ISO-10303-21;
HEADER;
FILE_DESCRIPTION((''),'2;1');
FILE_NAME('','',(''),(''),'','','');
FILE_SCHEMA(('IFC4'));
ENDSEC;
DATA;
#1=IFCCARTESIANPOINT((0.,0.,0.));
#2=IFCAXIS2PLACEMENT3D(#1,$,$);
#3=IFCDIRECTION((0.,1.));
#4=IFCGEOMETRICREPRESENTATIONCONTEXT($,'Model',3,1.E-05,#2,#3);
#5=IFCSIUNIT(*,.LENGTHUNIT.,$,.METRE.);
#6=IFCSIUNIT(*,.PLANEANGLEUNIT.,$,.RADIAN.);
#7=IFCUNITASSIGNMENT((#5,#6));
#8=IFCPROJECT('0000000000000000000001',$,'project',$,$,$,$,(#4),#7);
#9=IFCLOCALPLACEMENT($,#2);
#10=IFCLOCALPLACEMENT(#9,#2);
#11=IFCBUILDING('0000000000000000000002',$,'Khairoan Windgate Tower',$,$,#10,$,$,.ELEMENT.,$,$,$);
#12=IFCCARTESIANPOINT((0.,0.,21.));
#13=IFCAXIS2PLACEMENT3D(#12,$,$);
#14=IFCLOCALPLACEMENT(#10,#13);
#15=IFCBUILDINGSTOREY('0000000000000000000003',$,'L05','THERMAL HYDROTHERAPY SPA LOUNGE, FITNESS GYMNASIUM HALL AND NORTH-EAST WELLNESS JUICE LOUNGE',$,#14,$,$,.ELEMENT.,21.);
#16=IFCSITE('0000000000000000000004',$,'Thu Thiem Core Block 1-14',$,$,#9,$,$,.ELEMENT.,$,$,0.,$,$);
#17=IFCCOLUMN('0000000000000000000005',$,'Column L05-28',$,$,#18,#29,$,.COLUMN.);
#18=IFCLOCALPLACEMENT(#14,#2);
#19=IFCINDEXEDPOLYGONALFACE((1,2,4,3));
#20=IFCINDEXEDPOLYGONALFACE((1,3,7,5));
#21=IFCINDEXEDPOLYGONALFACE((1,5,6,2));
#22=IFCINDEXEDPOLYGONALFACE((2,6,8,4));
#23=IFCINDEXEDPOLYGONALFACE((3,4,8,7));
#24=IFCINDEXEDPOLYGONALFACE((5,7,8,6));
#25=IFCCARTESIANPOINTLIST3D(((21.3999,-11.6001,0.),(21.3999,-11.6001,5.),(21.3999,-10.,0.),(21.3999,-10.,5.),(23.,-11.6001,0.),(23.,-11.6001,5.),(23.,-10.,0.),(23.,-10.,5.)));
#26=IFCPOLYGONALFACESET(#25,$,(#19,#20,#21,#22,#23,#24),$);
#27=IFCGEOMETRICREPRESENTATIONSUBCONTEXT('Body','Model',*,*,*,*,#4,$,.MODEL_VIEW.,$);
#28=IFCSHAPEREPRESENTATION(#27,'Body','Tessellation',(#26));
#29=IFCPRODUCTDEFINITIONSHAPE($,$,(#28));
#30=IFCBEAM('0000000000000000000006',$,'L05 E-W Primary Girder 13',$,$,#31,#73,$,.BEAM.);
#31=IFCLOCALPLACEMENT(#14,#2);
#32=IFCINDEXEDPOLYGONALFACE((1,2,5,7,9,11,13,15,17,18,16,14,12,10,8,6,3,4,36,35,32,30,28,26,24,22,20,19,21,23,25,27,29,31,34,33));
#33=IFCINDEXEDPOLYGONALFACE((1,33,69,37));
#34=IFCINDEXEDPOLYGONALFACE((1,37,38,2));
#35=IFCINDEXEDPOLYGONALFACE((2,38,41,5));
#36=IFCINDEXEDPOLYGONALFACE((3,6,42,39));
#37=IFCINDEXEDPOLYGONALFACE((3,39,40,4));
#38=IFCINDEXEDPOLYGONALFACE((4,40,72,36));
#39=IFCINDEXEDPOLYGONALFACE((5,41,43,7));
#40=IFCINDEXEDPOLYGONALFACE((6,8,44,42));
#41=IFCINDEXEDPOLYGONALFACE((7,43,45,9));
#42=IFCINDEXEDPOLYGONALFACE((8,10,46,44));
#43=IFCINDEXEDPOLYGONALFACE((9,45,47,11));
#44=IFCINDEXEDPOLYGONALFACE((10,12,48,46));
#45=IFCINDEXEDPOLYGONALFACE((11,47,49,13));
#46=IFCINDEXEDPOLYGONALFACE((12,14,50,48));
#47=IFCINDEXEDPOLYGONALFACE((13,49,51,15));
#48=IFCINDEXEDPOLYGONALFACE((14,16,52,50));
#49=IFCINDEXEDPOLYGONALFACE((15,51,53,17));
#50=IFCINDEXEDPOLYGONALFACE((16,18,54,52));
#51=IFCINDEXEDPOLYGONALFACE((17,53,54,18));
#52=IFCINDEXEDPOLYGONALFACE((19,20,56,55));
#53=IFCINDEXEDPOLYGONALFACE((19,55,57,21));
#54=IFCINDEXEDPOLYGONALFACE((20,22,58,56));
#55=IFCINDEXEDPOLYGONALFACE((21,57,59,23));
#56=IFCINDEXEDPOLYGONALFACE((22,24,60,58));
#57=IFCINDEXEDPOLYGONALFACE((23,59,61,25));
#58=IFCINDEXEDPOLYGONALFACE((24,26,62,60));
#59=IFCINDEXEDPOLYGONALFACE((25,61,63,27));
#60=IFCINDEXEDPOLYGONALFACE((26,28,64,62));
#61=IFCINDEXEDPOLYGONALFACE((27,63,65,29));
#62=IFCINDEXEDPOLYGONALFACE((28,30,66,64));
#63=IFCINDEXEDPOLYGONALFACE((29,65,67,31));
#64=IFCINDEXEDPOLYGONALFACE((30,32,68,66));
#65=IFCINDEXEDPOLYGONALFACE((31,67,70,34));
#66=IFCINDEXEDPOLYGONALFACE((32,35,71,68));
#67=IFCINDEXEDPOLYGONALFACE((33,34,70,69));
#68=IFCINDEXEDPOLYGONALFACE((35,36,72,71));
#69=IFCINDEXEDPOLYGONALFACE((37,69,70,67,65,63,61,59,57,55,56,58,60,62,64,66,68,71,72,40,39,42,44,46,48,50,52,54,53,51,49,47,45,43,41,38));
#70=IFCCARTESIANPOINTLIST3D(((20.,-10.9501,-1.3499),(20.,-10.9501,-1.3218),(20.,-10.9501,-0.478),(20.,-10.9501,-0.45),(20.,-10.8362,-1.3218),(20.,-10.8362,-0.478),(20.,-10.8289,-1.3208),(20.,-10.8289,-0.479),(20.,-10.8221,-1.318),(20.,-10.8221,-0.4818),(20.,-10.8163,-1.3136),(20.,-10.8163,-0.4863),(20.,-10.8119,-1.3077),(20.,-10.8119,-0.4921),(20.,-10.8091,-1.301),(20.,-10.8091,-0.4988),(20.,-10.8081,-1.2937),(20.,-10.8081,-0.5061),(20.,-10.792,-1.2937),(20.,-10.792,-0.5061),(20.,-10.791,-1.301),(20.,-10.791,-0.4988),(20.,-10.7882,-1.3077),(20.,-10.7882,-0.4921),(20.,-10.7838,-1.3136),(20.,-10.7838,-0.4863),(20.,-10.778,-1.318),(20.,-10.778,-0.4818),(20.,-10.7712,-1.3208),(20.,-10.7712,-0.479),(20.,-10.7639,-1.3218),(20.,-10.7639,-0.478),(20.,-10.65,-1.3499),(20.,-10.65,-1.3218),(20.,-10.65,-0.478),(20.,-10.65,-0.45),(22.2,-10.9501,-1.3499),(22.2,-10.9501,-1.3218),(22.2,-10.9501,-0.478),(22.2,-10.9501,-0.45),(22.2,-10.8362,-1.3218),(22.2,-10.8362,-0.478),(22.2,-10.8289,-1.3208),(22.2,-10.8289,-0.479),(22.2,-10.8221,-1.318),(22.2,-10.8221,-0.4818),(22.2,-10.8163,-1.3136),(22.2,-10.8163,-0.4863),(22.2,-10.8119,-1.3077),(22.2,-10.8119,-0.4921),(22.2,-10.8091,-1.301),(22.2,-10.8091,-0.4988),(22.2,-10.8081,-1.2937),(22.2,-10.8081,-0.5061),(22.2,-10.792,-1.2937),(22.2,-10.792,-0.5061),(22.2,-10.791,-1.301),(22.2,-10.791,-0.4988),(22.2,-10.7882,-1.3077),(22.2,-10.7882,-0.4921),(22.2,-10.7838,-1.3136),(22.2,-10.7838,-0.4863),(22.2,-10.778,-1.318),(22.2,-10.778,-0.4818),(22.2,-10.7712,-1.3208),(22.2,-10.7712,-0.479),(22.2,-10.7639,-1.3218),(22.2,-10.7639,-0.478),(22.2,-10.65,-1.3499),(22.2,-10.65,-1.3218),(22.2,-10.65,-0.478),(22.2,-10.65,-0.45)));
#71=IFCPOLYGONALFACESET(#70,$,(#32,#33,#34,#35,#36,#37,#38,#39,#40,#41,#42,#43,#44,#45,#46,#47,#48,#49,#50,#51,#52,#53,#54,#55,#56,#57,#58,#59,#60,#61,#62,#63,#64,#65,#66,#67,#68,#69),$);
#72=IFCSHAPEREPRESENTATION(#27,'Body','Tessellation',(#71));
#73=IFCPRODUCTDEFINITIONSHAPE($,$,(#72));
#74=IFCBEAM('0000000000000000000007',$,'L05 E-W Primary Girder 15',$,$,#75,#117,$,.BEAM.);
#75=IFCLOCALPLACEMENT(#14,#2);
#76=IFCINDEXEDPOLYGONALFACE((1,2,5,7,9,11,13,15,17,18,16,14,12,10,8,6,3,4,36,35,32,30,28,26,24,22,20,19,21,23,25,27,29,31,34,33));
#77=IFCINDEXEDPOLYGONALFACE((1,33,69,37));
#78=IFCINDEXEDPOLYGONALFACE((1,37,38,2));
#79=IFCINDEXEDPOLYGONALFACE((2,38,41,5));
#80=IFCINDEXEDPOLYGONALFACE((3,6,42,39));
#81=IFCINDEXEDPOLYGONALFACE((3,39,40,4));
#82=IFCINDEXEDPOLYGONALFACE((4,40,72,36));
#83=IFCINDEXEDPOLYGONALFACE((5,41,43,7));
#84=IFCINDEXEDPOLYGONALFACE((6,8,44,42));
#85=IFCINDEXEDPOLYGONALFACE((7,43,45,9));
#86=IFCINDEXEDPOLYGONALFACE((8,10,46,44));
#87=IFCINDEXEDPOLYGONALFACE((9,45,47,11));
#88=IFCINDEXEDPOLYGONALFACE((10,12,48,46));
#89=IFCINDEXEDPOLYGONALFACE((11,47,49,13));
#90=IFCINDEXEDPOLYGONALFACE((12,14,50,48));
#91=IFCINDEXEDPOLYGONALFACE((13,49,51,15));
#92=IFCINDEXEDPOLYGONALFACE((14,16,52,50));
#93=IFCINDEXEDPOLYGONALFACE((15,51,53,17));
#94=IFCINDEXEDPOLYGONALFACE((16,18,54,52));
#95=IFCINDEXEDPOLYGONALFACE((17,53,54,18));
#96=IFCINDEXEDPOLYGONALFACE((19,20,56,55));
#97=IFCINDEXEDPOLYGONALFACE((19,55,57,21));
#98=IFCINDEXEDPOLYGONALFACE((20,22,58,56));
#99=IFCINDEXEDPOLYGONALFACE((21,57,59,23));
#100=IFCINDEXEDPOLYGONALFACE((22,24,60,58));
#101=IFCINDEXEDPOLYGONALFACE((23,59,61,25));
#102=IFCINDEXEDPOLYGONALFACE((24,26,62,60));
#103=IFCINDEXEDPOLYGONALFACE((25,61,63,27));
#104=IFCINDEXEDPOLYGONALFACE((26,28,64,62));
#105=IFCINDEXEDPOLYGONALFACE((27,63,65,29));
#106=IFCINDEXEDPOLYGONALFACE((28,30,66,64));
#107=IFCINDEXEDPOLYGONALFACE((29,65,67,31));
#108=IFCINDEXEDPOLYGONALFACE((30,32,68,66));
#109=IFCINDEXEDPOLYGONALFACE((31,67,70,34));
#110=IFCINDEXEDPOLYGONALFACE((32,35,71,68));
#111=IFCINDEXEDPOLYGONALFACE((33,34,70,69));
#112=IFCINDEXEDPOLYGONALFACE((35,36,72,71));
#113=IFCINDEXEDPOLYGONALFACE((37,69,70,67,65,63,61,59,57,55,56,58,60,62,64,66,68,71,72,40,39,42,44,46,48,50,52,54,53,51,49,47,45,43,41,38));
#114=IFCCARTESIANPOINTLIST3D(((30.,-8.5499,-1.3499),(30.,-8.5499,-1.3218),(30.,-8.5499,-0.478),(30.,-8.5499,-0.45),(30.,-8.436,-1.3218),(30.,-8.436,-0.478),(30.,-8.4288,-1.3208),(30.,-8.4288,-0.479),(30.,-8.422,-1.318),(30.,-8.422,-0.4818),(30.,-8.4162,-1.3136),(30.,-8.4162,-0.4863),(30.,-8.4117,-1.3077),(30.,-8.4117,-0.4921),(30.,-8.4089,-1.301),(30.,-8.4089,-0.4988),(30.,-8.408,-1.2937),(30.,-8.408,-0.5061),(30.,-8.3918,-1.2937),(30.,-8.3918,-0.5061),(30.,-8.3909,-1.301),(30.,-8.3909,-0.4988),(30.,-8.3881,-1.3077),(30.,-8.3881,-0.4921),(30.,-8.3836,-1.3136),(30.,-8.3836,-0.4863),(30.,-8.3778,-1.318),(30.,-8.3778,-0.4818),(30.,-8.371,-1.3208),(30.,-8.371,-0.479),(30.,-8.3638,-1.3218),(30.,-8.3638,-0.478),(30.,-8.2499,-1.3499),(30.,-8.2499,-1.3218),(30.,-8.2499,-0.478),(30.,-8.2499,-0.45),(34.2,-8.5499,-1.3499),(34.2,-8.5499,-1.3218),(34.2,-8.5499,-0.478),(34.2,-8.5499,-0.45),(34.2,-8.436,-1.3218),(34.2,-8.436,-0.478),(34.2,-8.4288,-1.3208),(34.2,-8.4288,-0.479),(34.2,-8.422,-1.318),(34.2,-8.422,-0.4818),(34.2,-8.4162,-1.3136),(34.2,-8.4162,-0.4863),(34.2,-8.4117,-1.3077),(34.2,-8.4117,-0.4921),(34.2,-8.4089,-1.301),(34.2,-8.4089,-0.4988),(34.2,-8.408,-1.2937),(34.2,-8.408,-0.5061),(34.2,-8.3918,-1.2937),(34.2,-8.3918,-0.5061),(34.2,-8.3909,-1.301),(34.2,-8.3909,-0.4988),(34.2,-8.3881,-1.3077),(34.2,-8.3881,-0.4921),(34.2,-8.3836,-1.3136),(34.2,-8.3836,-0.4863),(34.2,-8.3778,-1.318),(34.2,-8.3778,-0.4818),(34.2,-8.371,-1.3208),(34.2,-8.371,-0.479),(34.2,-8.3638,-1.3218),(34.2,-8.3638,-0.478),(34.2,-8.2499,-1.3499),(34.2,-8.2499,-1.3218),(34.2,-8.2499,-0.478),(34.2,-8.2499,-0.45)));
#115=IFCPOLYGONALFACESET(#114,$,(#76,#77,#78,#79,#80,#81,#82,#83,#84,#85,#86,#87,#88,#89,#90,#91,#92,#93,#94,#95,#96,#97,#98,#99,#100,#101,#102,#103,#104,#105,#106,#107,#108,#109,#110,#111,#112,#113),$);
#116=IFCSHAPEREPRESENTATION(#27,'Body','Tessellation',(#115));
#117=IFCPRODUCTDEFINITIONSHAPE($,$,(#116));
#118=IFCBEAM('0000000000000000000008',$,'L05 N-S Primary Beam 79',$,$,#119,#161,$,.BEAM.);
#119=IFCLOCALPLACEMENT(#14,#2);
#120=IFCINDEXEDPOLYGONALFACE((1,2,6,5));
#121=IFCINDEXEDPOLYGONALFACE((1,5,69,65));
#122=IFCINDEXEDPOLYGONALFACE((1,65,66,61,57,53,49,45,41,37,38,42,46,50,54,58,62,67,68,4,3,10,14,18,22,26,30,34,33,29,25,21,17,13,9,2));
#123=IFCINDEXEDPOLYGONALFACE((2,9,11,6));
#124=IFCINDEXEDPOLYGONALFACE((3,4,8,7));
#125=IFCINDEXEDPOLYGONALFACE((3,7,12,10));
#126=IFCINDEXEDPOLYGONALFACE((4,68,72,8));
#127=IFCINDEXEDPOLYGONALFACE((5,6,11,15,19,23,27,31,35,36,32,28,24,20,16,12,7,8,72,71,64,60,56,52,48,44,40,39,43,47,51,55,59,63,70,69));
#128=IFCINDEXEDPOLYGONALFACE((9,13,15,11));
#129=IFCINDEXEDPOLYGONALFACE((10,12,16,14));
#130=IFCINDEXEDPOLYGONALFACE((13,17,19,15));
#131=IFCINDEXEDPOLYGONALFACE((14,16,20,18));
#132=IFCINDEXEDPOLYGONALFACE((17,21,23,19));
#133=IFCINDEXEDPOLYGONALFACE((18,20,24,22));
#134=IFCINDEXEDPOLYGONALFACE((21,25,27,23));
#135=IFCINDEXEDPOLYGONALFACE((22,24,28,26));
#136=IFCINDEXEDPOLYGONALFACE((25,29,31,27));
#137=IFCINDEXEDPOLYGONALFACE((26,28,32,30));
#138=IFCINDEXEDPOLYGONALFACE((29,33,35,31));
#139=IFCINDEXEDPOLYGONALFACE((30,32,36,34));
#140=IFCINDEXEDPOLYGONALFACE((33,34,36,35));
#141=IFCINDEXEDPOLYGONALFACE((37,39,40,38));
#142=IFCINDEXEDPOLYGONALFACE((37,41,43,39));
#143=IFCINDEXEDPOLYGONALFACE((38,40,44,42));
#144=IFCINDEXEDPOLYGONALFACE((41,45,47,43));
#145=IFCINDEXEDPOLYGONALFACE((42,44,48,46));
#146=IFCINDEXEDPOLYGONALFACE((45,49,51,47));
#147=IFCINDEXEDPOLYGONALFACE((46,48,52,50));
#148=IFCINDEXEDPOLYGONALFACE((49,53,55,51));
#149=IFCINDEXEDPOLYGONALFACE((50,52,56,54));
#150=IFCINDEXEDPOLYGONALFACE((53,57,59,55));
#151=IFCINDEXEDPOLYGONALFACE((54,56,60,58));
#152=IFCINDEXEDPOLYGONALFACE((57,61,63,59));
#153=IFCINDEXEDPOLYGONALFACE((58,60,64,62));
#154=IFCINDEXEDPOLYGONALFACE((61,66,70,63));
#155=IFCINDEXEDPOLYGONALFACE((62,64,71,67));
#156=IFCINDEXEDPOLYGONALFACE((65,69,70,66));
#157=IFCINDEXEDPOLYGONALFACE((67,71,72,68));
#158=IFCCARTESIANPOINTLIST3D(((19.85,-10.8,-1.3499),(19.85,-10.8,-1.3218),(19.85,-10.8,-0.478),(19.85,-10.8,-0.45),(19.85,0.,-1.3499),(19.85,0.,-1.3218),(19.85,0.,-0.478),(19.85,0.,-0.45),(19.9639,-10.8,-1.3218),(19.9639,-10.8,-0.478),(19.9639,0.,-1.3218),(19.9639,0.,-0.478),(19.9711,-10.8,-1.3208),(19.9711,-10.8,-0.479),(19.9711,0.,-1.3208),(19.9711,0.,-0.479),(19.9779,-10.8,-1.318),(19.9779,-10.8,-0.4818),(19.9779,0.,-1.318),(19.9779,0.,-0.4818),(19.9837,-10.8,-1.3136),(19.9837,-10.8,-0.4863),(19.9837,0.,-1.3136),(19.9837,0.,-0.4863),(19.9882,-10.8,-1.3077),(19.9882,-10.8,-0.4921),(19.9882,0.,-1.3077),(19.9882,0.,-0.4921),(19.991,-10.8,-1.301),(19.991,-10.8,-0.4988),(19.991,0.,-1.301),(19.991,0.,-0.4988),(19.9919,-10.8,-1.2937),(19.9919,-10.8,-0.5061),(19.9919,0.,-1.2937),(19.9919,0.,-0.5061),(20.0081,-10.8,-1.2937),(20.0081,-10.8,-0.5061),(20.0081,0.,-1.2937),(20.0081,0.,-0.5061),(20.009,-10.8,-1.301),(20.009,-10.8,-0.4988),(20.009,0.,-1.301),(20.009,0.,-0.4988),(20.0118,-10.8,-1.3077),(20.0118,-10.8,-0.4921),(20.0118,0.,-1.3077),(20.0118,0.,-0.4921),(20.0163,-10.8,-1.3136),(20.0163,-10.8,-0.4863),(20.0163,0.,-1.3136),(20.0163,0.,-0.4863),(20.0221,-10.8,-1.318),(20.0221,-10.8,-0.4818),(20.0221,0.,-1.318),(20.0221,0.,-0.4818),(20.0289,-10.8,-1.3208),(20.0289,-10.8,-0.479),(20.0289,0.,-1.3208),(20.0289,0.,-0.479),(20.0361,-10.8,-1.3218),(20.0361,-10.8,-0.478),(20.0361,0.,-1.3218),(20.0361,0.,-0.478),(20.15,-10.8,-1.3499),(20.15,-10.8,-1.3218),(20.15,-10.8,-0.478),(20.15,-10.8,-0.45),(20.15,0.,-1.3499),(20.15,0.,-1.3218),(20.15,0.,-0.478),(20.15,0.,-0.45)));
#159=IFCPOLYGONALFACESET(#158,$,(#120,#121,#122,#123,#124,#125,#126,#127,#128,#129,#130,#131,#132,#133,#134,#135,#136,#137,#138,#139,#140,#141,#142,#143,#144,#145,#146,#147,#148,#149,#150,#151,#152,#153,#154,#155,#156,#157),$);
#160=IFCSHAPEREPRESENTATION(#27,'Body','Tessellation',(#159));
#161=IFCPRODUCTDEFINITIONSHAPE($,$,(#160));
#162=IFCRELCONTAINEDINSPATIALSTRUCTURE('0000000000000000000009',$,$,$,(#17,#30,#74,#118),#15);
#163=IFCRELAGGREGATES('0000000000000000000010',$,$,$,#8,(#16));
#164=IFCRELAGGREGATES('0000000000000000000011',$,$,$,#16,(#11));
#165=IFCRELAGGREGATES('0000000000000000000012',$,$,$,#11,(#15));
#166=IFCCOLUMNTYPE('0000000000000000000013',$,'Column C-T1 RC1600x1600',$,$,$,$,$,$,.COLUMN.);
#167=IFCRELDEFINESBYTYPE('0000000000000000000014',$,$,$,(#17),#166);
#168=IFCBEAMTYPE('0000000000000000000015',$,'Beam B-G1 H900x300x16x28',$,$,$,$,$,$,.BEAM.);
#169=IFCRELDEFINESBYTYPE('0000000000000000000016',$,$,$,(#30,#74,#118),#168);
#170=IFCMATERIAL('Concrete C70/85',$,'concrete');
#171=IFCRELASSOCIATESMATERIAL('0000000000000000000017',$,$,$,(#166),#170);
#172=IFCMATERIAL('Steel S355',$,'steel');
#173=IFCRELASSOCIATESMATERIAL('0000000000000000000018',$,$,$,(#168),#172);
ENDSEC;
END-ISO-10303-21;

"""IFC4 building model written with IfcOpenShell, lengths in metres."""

from ifc_helpers import new_model, si_unit, direction, frame, origin, origin_2d, place, context, subcontext, project, spatial, rectangle, i_section, extrude, material, material_profile, profile_set, type_object, element, save


model = new_model("IFC4")

# Units and contexts
model_context = context("Model", 3, precision=1e-05, world=origin(), true_north=direction((0.0, 1.0)))
body_context = subcontext(model_context, "Body", "Model", "MODEL_VIEW")
ifc_project = project(units=[si_unit("LENGTHUNIT", "METRE"), si_unit("PLANEANGLEUNIT", "RADIAN")], contexts=[model_context])

# Site, building, storey
site_placement = place(None, origin())
site = spatial("IfcSite", under=ifc_project, at=site_placement, Name="Thu Thiem Core Block 1-14", CompositionType="ELEMENT", RefElevation=0.0)
building_placement = place(site_placement, origin())
building = spatial("IfcBuilding", under=site, at=building_placement, Name="Khairoan Windgate Tower", CompositionType="ELEMENT")
storey_placement = place(building_placement, frame((0.0, 0.0, 21.0)))
storey = spatial("IfcBuildingStorey", under=building, at=storey_placement, Name="L05", Description="THERMAL HYDROTHERAPY SPA LOUNGE, FITNESS GYMNASIUM HALL AND NORTH-EAST WELLNESS JUICE LOUNGE", CompositionType="ELEMENT", Elevation=21.0)

# Column
ifc_material_1 = material(Name="Concrete C70/85", Category="concrete")
ifc_material_profile_1 = material_profile(ifc_material_1, rectangle(XDim=1.6001, YDim=1.6001, at=origin_2d()))
ifc_profile_set_1 = profile_set([ifc_material_profile_1], Name="Concrete C70/85")
column_type = type_object("IfcColumnType", Name="Column C-T1 RC1600x1600", PredefinedType="COLUMN", material=ifc_profile_set_1)
column_placement = place(storey_placement, frame((22.2, -10.8, 0.0), z_axis=(0.0, 0.0, 1.0), x_axis=(1.0, 0.0, 0.0)))
element("IfcColumn", 1, at=column_placement, inside=storey, type_object=column_type, Name="Column L05-28", PredefinedType="COLUMN", context=body_context, shape_type="SweptSolid", body=[
    extrude(rectangle(XDim=1.6001, YDim=1.6001, at=origin_2d()), origin(), (0.0, 0.0, 1.0), 5.0),
])

# Beams
ifc_material_2 = material(Name="Steel S355", Category="steel")
ifc_material_profile_2 = material_profile(ifc_material_2, i_section(OverallWidth=0.3, OverallDepth=0.8999, WebThickness=0.0161, FlangeThickness=0.0281, FilletRadius=0.0281, at=origin_2d()))
ifc_profile_set_2 = profile_set([ifc_material_profile_2], Name="Steel S355")
beam_type_1 = type_object("IfcBeamType", Name="Beam B-G1 H900x300x16x28", PredefinedType="BEAM", material=ifc_profile_set_2)
beam_1_placement = place(storey_placement, frame((20.0, -10.8, -0.8999), z_axis=(1.0, 0.0, 0.0), x_axis=(0.0, 1.0, 0.0)))
element("IfcBeam", 2, at=beam_1_placement, inside=storey, type_object=beam_type_1, Name="L05 E-W Primary Girder 13", PredefinedType="BEAM", context=body_context, shape_type="SweptSolid", body=[
    extrude(i_section(OverallWidth=0.3, OverallDepth=0.8999, WebThickness=0.0161, FlangeThickness=0.0281, FilletRadius=0.0281, at=origin_2d()), origin(), (0.0, 0.0, 1.0), 2.2),
])
beam_2_placement = place(storey_placement, frame((30.0, -8.3999, -0.8999), z_axis=(1.0, 0.0, 0.0), x_axis=(0.0, 1.0, 0.0)))
element("IfcBeam", 3, at=beam_2_placement, inside=storey, type_object=beam_type_1, Name="L05 E-W Primary Girder 15", PredefinedType="BEAM", context=body_context, shape_type="SweptSolid", body=[
    extrude(i_section(OverallWidth=0.3, OverallDepth=0.8999, WebThickness=0.0161, FlangeThickness=0.0281, FilletRadius=0.0281, at=origin_2d()), origin(), (0.0, 0.0, 1.0), 4.2),
])
beam_3_placement = place(storey_placement, frame((20.0, -10.8, -0.8999), z_axis=(0.0, 1.0, 0.0), x_axis=(-1.0, 0.0, 0.0)))
element("IfcBeam", 4, at=beam_3_placement, inside=storey, type_object=beam_type_1, Name="L05 N-S Primary Beam 79", PredefinedType="BEAM", context=body_context, shape_type="SweptSolid", body=[
    extrude(i_section(OverallWidth=0.3, OverallDepth=0.8999, WebThickness=0.0161, FlangeThickness=0.0281, FilletRadius=0.0281, at=origin_2d()), origin(), (0.0, 0.0, 1.0), 10.8),
])

save(model, "model.ifc")
